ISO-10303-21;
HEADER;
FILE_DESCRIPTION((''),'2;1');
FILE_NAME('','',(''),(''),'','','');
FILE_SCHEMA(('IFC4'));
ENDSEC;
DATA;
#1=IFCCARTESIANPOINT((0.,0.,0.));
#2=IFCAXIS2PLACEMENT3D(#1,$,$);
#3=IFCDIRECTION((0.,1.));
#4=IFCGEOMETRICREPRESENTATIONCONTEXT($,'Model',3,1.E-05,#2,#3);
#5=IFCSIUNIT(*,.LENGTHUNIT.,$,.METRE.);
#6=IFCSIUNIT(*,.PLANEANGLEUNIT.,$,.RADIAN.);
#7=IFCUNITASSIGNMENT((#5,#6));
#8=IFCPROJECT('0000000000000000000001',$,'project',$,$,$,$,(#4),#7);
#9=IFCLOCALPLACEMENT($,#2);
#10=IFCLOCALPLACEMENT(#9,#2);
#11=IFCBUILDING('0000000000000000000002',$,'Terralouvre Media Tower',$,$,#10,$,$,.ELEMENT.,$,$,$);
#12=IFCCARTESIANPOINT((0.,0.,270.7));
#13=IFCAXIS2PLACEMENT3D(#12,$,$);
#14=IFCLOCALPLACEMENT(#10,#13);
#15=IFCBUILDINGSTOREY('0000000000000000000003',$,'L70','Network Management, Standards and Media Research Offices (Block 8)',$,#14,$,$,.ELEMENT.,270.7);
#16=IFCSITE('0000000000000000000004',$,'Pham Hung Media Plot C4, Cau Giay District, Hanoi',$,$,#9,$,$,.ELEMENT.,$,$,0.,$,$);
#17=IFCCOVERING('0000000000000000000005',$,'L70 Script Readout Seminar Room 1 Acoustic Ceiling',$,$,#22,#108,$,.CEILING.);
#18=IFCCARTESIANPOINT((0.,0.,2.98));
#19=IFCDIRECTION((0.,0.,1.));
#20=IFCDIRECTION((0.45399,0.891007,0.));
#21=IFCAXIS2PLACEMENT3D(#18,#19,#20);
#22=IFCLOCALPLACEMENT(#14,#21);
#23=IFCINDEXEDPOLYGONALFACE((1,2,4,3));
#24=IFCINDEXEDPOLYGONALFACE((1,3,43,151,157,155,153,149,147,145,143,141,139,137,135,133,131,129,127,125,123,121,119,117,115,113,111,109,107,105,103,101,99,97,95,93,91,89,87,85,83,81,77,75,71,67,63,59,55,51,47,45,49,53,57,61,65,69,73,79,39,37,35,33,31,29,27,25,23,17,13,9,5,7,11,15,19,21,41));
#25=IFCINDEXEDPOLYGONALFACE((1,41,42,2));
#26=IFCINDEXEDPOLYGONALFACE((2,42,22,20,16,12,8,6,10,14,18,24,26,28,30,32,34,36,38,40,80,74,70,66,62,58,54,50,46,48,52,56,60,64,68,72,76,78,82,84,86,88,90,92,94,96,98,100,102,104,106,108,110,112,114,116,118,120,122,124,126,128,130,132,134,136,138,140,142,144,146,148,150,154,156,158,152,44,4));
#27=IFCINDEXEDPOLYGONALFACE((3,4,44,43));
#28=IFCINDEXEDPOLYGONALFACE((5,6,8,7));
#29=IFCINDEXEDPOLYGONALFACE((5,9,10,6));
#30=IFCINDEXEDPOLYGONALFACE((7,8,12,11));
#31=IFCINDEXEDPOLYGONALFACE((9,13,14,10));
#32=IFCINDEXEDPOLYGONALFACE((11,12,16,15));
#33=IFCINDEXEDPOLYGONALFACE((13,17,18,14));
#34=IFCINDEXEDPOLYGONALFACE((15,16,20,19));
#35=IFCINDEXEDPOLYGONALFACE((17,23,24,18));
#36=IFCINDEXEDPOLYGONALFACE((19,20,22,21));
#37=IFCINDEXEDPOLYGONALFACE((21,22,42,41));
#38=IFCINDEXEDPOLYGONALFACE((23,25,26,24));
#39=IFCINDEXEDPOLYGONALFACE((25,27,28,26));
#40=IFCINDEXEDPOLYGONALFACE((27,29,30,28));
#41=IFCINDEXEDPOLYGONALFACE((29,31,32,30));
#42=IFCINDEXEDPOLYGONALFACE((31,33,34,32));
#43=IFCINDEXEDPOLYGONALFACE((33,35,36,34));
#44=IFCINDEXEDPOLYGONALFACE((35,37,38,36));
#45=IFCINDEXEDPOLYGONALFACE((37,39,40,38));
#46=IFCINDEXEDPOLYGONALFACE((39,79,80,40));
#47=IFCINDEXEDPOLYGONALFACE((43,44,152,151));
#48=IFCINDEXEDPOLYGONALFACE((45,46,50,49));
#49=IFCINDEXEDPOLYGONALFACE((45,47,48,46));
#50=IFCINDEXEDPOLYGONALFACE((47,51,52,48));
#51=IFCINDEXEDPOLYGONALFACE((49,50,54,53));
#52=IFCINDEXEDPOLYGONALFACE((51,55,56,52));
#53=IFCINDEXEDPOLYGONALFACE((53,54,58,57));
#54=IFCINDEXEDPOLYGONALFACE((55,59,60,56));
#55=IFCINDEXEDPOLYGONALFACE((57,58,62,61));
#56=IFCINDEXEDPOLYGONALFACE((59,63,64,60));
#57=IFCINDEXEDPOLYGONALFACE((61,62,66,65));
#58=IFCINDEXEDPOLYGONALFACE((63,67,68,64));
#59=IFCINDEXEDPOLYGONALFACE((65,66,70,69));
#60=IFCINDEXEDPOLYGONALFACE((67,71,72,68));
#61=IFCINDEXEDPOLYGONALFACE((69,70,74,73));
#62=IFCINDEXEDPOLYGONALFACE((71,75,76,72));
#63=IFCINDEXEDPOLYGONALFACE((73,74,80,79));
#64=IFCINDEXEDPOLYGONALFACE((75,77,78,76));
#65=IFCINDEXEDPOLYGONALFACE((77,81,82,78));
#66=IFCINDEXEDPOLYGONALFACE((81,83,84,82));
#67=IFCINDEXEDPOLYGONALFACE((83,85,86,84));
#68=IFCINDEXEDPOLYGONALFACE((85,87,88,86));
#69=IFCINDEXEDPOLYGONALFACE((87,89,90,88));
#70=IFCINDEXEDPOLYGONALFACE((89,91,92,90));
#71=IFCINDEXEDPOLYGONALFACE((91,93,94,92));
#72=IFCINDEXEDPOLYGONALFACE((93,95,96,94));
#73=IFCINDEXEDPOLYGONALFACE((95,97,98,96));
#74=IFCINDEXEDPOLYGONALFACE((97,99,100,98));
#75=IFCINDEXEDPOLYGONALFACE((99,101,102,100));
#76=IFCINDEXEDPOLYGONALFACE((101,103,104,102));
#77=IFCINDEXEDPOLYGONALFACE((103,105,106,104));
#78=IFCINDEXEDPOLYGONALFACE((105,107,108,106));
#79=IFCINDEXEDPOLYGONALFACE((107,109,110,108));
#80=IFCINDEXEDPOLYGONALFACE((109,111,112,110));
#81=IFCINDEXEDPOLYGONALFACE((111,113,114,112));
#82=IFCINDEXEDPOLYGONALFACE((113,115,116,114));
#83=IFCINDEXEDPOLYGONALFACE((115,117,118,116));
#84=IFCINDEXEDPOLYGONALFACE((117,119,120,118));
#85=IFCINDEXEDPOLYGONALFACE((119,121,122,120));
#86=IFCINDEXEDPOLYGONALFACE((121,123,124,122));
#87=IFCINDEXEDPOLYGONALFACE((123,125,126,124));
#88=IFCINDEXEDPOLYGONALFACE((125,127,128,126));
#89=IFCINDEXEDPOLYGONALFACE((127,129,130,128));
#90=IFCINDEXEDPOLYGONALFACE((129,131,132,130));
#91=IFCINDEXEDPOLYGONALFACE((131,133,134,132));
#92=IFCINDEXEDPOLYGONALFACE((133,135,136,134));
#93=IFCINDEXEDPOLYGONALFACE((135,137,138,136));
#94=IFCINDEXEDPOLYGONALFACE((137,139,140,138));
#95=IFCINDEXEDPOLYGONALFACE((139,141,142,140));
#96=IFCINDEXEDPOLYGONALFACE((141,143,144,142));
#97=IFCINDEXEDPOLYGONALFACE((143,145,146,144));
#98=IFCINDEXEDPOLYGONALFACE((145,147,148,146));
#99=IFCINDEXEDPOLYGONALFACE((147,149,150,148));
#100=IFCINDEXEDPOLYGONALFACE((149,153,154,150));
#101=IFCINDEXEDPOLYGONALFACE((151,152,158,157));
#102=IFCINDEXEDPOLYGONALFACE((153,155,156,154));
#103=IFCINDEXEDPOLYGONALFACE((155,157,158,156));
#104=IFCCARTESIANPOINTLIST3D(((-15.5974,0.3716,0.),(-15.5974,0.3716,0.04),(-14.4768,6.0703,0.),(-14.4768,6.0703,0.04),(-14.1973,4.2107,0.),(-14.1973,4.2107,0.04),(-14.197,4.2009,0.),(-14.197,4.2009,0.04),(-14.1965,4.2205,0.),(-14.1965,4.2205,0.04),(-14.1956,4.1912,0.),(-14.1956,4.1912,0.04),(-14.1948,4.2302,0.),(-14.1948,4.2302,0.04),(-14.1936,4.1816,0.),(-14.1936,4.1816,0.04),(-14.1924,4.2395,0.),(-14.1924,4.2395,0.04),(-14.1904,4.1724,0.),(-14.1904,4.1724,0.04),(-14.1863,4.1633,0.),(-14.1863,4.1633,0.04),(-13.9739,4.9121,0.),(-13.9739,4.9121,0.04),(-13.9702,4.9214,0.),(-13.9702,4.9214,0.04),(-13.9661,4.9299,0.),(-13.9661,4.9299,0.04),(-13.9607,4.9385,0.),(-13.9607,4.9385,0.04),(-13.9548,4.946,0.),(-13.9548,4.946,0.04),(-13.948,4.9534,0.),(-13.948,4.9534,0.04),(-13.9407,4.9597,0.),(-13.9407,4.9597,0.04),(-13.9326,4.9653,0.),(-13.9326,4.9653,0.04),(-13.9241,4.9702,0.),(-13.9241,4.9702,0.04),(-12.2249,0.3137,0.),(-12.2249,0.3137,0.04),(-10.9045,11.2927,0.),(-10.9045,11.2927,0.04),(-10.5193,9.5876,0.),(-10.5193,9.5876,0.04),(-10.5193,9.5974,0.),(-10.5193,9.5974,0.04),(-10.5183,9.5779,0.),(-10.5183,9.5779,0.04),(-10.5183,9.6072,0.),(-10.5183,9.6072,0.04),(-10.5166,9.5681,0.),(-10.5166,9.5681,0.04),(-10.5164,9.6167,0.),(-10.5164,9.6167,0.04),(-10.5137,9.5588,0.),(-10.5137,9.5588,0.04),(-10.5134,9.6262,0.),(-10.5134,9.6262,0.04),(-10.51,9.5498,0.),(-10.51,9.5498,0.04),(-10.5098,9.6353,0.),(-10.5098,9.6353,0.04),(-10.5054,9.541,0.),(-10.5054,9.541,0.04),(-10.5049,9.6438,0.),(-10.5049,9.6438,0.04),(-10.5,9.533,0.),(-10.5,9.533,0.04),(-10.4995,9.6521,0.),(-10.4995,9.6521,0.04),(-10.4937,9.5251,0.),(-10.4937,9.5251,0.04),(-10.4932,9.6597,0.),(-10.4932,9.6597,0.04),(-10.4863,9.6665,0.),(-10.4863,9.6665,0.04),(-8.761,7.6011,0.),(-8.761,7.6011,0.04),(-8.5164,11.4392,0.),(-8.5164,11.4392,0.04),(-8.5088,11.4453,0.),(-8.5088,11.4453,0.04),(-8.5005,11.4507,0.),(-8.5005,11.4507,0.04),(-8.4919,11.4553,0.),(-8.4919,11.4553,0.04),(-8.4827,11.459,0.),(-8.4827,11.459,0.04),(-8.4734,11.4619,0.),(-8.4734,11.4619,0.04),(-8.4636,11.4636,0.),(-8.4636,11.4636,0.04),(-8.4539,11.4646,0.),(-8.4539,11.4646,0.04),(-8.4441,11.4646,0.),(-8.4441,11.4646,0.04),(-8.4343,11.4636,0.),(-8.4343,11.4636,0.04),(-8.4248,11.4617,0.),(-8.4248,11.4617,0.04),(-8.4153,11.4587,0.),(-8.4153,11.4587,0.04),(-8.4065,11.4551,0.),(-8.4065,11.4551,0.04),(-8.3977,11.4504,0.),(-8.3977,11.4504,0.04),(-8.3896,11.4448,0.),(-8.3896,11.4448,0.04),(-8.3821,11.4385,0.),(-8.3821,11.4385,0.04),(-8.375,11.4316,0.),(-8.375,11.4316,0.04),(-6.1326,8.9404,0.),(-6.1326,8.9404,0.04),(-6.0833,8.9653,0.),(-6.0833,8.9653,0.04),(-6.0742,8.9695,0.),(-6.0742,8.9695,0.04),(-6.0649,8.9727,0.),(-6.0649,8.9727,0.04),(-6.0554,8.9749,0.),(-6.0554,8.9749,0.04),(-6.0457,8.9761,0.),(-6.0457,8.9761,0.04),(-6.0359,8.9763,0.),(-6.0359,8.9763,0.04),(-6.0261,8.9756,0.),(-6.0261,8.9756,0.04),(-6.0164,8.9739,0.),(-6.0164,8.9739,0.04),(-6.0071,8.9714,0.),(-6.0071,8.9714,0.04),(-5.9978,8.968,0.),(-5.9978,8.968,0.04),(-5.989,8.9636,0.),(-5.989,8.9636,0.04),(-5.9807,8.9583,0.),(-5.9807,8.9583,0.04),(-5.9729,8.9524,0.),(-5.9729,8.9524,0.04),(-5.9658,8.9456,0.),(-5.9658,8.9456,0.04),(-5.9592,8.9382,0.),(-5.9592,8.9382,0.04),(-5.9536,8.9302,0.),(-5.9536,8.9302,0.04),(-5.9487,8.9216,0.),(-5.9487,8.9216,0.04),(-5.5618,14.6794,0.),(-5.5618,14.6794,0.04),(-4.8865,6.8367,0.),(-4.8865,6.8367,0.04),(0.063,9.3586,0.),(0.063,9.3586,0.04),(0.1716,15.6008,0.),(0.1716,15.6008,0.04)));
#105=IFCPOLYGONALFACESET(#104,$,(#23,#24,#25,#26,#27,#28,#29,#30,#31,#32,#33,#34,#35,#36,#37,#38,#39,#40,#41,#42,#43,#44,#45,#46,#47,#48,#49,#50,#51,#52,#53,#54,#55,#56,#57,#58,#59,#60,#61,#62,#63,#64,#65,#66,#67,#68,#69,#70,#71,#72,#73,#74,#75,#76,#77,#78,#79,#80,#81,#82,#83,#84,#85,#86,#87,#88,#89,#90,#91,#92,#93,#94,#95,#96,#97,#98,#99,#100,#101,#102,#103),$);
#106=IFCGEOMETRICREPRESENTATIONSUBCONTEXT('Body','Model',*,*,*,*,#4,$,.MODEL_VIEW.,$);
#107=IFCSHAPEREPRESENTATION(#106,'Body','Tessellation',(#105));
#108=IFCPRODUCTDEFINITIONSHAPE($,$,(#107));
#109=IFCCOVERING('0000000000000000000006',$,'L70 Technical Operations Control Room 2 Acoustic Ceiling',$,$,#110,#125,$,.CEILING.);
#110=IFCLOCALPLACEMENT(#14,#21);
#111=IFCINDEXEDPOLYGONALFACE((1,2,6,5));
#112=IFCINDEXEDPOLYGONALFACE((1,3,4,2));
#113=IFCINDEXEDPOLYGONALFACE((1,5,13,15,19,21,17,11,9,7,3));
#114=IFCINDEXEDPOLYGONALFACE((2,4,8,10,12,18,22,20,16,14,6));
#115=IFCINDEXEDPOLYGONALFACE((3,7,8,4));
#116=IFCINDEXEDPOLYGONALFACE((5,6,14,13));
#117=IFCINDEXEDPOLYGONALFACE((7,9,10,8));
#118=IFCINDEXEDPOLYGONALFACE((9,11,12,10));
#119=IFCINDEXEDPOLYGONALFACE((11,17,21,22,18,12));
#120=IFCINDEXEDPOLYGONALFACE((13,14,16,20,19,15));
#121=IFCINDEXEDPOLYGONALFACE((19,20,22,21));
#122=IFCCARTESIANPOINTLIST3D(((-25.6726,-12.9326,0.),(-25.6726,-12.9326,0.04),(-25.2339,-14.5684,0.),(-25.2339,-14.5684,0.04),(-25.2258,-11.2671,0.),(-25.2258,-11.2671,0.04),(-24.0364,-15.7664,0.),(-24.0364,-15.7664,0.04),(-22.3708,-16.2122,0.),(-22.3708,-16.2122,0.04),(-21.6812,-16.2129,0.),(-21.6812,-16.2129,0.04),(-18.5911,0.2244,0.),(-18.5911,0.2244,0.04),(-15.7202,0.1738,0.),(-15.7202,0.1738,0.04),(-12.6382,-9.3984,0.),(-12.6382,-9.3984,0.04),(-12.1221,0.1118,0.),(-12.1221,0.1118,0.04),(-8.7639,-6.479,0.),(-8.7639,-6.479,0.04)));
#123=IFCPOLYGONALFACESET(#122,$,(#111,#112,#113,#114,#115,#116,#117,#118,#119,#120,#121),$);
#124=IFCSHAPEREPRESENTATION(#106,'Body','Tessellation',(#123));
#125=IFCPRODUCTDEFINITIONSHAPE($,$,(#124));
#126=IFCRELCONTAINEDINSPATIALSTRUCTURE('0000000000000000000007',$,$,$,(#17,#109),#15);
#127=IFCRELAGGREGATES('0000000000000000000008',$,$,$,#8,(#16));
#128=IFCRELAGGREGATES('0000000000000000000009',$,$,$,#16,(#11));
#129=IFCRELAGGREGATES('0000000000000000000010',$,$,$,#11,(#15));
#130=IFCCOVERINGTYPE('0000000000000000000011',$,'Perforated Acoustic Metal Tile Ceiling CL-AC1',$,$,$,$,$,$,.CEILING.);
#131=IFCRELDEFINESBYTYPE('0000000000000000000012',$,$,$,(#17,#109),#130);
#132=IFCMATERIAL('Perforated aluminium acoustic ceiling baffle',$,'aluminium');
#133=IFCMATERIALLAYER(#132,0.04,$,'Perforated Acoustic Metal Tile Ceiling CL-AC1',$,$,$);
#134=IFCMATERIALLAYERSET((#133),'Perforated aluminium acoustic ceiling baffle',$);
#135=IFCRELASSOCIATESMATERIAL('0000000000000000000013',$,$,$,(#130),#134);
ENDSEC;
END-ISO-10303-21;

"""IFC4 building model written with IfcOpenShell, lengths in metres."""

from ifc_helpers import new_model, si_unit, direction, frame, origin, place, context, subcontext, project, spatial, polyline, outline, extrude, material, layer, layer_set, type_object, element, save


model = new_model("IFC4")

# Units and contexts
model_context = context("Model", 3, precision=1e-05, world=origin(), true_north=direction((0.0, 1.0)))
body_context = subcontext(model_context, "Body", "Model", "MODEL_VIEW")
ifc_project = project(units=[si_unit("LENGTHUNIT", "METRE"), si_unit("PLANEANGLEUNIT", "RADIAN")], contexts=[model_context])

# Site, building, storey
site_placement = place(None, origin())
site = spatial("IfcSite", under=ifc_project, at=site_placement, Name="Pham Hung Media Plot C4, Cau Giay District, Hanoi", CompositionType="ELEMENT", RefElevation=0.0)
building_placement = place(site_placement, origin())
building = spatial("IfcBuilding", under=site, at=building_placement, Name="Terralouvre Media Tower", CompositionType="ELEMENT")
storey_placement = place(building_placement, frame((0.0, 0.0, 270.7)))
storey = spatial("IfcBuildingStorey", under=building, at=storey_placement, Name="L70", Description="Network Management, Standards and Media Research Offices (Block 8)", CompositionType="ELEMENT", Elevation=270.7)

# Coverings
ifc_material_1 = material(Name="Perforated aluminium acoustic ceiling baffle", Category="aluminium")
ifc_layer_1 = layer(ifc_material_1, 0.04, Name="Perforated Acoustic Metal Tile Ceiling CL-AC1")
ifc_layer_set_1 = layer_set([ifc_layer_1], Name="Perforated aluminium acoustic ceiling baffle")
covering_type = type_object("IfcCoveringType", Name="Perforated Acoustic Metal Tile Ceiling CL-AC1", PredefinedType="CEILING", material=ifc_layer_set_1)
covering_1_placement = place(storey_placement, frame((0.0, 0.0, 2.98), z_axis=(0.0, 0.0, 1.0), x_axis=(0.45399, 0.891007, 0.0)))
element("IfcCovering", 1, at=covering_1_placement, inside=storey, type_object=covering_type, Name="L70 Script Readout Seminar Room 1 Acoustic Ceiling", PredefinedType="CEILING", context=body_context, shape_type="SweptSolid", body=[
    extrude(outline(polyline([(-5.5618, 14.6794), (-10.9045, 11.2927), (-14.4768, 6.0703), (-15.5974, 0.3716), (-12.2249, 0.3137), (-14.1863, 4.1633), (-14.1904, 4.1724), (-14.1936, 4.1816), (-14.1956, 4.1912), (-14.197, 4.2009), (-14.1973, 4.2107), (-14.1965, 4.2205), (-14.1948, 4.2302), (-14.1924, 4.2395), (-13.9739, 4.9121), (-13.9702, 4.9214), (-13.9661, 4.9299), (-13.9607, 4.9385), (-13.9548, 4.946), (-13.948, 4.9534), (-13.9407, 4.9597), (-13.9326, 4.9653), (-13.9241, 4.9702), (-8.761, 7.6011), (-10.4937, 9.5251), (-10.5, 9.533), (-10.5054, 9.541), (-10.51, 9.5498), (-10.5137, 9.5588), (-10.5166, 9.5681), (-10.5183, 9.5779), (-10.5193, 9.5876), (-10.5193, 9.5974), (-10.5183, 9.6072), (-10.5164, 9.6167), (-10.5134, 9.6262), (-10.5098, 9.6353), (-10.5049, 9.6438), (-10.4995, 9.6521), (-10.4932, 9.6597), (-10.4863, 9.6665), (-8.5164, 11.4392), (-8.5088, 11.4453), (-8.5005, 11.4507), (-8.4919, 11.4553), (-8.4827, 11.459), (-8.4734, 11.4619), (-8.4636, 11.4636), (-8.4539, 11.4646), (-8.4441, 11.4646), (-8.4343, 11.4636), (-8.4248, 11.4617), (-8.4153, 11.4587), (-8.4065, 11.4551), (-8.3977, 11.4504), (-8.3896, 11.4448), (-8.3821, 11.4385), (-8.375, 11.4316), (-6.1326, 8.9404), (-6.0833, 8.9653), (-6.0742, 8.9695), (-6.0649, 8.9727), (-6.0554, 8.9749), (-6.0457, 8.9761), (-6.0359, 8.9763), (-6.0261, 8.9756), (-6.0164, 8.9739), (-6.0071, 8.9714), (-5.9978, 8.968), (-5.989, 8.9636), (-5.9807, 8.9583), (-5.9729, 8.9524), (-5.9658, 8.9456), (-5.9592, 8.9382), (-5.9536, 8.9302), (-5.9487, 8.9216), (-4.8865, 6.8367), (0.063, 9.3586), (0.1716, 15.6008), (-5.5618, 14.6794)])), origin(), (0.0, 0.0, 1.0), 0.04),
])
covering_2_placement = place(storey_placement, frame((0.0, 0.0, 2.98), z_axis=(0.0, 0.0, 1.0), x_axis=(0.45399, 0.891007, 0.0)))
element("IfcCovering", 2, at=covering_2_placement, inside=storey, type_object=covering_type, Name="L70 Technical Operations Control Room 2 Acoustic Ceiling", PredefinedType="CEILING", context=body_context, shape_type="SweptSolid", body=[
    extrude(outline(polyline([(-8.7639, -6.479), (-12.1221, 0.1118), (-15.7202, 0.1738), (-18.5911, 0.2244), (-25.2258, -11.2671), (-25.6726, -12.9326), (-25.2339, -14.5684), (-24.0364, -15.7664), (-22.3708, -16.2122), (-21.6812, -16.2129), (-12.6382, -9.3984), (-8.7639, -6.479)])), origin(), (0.0, 0.0, 1.0), 0.04),
])

save(model, "model.ifc")
